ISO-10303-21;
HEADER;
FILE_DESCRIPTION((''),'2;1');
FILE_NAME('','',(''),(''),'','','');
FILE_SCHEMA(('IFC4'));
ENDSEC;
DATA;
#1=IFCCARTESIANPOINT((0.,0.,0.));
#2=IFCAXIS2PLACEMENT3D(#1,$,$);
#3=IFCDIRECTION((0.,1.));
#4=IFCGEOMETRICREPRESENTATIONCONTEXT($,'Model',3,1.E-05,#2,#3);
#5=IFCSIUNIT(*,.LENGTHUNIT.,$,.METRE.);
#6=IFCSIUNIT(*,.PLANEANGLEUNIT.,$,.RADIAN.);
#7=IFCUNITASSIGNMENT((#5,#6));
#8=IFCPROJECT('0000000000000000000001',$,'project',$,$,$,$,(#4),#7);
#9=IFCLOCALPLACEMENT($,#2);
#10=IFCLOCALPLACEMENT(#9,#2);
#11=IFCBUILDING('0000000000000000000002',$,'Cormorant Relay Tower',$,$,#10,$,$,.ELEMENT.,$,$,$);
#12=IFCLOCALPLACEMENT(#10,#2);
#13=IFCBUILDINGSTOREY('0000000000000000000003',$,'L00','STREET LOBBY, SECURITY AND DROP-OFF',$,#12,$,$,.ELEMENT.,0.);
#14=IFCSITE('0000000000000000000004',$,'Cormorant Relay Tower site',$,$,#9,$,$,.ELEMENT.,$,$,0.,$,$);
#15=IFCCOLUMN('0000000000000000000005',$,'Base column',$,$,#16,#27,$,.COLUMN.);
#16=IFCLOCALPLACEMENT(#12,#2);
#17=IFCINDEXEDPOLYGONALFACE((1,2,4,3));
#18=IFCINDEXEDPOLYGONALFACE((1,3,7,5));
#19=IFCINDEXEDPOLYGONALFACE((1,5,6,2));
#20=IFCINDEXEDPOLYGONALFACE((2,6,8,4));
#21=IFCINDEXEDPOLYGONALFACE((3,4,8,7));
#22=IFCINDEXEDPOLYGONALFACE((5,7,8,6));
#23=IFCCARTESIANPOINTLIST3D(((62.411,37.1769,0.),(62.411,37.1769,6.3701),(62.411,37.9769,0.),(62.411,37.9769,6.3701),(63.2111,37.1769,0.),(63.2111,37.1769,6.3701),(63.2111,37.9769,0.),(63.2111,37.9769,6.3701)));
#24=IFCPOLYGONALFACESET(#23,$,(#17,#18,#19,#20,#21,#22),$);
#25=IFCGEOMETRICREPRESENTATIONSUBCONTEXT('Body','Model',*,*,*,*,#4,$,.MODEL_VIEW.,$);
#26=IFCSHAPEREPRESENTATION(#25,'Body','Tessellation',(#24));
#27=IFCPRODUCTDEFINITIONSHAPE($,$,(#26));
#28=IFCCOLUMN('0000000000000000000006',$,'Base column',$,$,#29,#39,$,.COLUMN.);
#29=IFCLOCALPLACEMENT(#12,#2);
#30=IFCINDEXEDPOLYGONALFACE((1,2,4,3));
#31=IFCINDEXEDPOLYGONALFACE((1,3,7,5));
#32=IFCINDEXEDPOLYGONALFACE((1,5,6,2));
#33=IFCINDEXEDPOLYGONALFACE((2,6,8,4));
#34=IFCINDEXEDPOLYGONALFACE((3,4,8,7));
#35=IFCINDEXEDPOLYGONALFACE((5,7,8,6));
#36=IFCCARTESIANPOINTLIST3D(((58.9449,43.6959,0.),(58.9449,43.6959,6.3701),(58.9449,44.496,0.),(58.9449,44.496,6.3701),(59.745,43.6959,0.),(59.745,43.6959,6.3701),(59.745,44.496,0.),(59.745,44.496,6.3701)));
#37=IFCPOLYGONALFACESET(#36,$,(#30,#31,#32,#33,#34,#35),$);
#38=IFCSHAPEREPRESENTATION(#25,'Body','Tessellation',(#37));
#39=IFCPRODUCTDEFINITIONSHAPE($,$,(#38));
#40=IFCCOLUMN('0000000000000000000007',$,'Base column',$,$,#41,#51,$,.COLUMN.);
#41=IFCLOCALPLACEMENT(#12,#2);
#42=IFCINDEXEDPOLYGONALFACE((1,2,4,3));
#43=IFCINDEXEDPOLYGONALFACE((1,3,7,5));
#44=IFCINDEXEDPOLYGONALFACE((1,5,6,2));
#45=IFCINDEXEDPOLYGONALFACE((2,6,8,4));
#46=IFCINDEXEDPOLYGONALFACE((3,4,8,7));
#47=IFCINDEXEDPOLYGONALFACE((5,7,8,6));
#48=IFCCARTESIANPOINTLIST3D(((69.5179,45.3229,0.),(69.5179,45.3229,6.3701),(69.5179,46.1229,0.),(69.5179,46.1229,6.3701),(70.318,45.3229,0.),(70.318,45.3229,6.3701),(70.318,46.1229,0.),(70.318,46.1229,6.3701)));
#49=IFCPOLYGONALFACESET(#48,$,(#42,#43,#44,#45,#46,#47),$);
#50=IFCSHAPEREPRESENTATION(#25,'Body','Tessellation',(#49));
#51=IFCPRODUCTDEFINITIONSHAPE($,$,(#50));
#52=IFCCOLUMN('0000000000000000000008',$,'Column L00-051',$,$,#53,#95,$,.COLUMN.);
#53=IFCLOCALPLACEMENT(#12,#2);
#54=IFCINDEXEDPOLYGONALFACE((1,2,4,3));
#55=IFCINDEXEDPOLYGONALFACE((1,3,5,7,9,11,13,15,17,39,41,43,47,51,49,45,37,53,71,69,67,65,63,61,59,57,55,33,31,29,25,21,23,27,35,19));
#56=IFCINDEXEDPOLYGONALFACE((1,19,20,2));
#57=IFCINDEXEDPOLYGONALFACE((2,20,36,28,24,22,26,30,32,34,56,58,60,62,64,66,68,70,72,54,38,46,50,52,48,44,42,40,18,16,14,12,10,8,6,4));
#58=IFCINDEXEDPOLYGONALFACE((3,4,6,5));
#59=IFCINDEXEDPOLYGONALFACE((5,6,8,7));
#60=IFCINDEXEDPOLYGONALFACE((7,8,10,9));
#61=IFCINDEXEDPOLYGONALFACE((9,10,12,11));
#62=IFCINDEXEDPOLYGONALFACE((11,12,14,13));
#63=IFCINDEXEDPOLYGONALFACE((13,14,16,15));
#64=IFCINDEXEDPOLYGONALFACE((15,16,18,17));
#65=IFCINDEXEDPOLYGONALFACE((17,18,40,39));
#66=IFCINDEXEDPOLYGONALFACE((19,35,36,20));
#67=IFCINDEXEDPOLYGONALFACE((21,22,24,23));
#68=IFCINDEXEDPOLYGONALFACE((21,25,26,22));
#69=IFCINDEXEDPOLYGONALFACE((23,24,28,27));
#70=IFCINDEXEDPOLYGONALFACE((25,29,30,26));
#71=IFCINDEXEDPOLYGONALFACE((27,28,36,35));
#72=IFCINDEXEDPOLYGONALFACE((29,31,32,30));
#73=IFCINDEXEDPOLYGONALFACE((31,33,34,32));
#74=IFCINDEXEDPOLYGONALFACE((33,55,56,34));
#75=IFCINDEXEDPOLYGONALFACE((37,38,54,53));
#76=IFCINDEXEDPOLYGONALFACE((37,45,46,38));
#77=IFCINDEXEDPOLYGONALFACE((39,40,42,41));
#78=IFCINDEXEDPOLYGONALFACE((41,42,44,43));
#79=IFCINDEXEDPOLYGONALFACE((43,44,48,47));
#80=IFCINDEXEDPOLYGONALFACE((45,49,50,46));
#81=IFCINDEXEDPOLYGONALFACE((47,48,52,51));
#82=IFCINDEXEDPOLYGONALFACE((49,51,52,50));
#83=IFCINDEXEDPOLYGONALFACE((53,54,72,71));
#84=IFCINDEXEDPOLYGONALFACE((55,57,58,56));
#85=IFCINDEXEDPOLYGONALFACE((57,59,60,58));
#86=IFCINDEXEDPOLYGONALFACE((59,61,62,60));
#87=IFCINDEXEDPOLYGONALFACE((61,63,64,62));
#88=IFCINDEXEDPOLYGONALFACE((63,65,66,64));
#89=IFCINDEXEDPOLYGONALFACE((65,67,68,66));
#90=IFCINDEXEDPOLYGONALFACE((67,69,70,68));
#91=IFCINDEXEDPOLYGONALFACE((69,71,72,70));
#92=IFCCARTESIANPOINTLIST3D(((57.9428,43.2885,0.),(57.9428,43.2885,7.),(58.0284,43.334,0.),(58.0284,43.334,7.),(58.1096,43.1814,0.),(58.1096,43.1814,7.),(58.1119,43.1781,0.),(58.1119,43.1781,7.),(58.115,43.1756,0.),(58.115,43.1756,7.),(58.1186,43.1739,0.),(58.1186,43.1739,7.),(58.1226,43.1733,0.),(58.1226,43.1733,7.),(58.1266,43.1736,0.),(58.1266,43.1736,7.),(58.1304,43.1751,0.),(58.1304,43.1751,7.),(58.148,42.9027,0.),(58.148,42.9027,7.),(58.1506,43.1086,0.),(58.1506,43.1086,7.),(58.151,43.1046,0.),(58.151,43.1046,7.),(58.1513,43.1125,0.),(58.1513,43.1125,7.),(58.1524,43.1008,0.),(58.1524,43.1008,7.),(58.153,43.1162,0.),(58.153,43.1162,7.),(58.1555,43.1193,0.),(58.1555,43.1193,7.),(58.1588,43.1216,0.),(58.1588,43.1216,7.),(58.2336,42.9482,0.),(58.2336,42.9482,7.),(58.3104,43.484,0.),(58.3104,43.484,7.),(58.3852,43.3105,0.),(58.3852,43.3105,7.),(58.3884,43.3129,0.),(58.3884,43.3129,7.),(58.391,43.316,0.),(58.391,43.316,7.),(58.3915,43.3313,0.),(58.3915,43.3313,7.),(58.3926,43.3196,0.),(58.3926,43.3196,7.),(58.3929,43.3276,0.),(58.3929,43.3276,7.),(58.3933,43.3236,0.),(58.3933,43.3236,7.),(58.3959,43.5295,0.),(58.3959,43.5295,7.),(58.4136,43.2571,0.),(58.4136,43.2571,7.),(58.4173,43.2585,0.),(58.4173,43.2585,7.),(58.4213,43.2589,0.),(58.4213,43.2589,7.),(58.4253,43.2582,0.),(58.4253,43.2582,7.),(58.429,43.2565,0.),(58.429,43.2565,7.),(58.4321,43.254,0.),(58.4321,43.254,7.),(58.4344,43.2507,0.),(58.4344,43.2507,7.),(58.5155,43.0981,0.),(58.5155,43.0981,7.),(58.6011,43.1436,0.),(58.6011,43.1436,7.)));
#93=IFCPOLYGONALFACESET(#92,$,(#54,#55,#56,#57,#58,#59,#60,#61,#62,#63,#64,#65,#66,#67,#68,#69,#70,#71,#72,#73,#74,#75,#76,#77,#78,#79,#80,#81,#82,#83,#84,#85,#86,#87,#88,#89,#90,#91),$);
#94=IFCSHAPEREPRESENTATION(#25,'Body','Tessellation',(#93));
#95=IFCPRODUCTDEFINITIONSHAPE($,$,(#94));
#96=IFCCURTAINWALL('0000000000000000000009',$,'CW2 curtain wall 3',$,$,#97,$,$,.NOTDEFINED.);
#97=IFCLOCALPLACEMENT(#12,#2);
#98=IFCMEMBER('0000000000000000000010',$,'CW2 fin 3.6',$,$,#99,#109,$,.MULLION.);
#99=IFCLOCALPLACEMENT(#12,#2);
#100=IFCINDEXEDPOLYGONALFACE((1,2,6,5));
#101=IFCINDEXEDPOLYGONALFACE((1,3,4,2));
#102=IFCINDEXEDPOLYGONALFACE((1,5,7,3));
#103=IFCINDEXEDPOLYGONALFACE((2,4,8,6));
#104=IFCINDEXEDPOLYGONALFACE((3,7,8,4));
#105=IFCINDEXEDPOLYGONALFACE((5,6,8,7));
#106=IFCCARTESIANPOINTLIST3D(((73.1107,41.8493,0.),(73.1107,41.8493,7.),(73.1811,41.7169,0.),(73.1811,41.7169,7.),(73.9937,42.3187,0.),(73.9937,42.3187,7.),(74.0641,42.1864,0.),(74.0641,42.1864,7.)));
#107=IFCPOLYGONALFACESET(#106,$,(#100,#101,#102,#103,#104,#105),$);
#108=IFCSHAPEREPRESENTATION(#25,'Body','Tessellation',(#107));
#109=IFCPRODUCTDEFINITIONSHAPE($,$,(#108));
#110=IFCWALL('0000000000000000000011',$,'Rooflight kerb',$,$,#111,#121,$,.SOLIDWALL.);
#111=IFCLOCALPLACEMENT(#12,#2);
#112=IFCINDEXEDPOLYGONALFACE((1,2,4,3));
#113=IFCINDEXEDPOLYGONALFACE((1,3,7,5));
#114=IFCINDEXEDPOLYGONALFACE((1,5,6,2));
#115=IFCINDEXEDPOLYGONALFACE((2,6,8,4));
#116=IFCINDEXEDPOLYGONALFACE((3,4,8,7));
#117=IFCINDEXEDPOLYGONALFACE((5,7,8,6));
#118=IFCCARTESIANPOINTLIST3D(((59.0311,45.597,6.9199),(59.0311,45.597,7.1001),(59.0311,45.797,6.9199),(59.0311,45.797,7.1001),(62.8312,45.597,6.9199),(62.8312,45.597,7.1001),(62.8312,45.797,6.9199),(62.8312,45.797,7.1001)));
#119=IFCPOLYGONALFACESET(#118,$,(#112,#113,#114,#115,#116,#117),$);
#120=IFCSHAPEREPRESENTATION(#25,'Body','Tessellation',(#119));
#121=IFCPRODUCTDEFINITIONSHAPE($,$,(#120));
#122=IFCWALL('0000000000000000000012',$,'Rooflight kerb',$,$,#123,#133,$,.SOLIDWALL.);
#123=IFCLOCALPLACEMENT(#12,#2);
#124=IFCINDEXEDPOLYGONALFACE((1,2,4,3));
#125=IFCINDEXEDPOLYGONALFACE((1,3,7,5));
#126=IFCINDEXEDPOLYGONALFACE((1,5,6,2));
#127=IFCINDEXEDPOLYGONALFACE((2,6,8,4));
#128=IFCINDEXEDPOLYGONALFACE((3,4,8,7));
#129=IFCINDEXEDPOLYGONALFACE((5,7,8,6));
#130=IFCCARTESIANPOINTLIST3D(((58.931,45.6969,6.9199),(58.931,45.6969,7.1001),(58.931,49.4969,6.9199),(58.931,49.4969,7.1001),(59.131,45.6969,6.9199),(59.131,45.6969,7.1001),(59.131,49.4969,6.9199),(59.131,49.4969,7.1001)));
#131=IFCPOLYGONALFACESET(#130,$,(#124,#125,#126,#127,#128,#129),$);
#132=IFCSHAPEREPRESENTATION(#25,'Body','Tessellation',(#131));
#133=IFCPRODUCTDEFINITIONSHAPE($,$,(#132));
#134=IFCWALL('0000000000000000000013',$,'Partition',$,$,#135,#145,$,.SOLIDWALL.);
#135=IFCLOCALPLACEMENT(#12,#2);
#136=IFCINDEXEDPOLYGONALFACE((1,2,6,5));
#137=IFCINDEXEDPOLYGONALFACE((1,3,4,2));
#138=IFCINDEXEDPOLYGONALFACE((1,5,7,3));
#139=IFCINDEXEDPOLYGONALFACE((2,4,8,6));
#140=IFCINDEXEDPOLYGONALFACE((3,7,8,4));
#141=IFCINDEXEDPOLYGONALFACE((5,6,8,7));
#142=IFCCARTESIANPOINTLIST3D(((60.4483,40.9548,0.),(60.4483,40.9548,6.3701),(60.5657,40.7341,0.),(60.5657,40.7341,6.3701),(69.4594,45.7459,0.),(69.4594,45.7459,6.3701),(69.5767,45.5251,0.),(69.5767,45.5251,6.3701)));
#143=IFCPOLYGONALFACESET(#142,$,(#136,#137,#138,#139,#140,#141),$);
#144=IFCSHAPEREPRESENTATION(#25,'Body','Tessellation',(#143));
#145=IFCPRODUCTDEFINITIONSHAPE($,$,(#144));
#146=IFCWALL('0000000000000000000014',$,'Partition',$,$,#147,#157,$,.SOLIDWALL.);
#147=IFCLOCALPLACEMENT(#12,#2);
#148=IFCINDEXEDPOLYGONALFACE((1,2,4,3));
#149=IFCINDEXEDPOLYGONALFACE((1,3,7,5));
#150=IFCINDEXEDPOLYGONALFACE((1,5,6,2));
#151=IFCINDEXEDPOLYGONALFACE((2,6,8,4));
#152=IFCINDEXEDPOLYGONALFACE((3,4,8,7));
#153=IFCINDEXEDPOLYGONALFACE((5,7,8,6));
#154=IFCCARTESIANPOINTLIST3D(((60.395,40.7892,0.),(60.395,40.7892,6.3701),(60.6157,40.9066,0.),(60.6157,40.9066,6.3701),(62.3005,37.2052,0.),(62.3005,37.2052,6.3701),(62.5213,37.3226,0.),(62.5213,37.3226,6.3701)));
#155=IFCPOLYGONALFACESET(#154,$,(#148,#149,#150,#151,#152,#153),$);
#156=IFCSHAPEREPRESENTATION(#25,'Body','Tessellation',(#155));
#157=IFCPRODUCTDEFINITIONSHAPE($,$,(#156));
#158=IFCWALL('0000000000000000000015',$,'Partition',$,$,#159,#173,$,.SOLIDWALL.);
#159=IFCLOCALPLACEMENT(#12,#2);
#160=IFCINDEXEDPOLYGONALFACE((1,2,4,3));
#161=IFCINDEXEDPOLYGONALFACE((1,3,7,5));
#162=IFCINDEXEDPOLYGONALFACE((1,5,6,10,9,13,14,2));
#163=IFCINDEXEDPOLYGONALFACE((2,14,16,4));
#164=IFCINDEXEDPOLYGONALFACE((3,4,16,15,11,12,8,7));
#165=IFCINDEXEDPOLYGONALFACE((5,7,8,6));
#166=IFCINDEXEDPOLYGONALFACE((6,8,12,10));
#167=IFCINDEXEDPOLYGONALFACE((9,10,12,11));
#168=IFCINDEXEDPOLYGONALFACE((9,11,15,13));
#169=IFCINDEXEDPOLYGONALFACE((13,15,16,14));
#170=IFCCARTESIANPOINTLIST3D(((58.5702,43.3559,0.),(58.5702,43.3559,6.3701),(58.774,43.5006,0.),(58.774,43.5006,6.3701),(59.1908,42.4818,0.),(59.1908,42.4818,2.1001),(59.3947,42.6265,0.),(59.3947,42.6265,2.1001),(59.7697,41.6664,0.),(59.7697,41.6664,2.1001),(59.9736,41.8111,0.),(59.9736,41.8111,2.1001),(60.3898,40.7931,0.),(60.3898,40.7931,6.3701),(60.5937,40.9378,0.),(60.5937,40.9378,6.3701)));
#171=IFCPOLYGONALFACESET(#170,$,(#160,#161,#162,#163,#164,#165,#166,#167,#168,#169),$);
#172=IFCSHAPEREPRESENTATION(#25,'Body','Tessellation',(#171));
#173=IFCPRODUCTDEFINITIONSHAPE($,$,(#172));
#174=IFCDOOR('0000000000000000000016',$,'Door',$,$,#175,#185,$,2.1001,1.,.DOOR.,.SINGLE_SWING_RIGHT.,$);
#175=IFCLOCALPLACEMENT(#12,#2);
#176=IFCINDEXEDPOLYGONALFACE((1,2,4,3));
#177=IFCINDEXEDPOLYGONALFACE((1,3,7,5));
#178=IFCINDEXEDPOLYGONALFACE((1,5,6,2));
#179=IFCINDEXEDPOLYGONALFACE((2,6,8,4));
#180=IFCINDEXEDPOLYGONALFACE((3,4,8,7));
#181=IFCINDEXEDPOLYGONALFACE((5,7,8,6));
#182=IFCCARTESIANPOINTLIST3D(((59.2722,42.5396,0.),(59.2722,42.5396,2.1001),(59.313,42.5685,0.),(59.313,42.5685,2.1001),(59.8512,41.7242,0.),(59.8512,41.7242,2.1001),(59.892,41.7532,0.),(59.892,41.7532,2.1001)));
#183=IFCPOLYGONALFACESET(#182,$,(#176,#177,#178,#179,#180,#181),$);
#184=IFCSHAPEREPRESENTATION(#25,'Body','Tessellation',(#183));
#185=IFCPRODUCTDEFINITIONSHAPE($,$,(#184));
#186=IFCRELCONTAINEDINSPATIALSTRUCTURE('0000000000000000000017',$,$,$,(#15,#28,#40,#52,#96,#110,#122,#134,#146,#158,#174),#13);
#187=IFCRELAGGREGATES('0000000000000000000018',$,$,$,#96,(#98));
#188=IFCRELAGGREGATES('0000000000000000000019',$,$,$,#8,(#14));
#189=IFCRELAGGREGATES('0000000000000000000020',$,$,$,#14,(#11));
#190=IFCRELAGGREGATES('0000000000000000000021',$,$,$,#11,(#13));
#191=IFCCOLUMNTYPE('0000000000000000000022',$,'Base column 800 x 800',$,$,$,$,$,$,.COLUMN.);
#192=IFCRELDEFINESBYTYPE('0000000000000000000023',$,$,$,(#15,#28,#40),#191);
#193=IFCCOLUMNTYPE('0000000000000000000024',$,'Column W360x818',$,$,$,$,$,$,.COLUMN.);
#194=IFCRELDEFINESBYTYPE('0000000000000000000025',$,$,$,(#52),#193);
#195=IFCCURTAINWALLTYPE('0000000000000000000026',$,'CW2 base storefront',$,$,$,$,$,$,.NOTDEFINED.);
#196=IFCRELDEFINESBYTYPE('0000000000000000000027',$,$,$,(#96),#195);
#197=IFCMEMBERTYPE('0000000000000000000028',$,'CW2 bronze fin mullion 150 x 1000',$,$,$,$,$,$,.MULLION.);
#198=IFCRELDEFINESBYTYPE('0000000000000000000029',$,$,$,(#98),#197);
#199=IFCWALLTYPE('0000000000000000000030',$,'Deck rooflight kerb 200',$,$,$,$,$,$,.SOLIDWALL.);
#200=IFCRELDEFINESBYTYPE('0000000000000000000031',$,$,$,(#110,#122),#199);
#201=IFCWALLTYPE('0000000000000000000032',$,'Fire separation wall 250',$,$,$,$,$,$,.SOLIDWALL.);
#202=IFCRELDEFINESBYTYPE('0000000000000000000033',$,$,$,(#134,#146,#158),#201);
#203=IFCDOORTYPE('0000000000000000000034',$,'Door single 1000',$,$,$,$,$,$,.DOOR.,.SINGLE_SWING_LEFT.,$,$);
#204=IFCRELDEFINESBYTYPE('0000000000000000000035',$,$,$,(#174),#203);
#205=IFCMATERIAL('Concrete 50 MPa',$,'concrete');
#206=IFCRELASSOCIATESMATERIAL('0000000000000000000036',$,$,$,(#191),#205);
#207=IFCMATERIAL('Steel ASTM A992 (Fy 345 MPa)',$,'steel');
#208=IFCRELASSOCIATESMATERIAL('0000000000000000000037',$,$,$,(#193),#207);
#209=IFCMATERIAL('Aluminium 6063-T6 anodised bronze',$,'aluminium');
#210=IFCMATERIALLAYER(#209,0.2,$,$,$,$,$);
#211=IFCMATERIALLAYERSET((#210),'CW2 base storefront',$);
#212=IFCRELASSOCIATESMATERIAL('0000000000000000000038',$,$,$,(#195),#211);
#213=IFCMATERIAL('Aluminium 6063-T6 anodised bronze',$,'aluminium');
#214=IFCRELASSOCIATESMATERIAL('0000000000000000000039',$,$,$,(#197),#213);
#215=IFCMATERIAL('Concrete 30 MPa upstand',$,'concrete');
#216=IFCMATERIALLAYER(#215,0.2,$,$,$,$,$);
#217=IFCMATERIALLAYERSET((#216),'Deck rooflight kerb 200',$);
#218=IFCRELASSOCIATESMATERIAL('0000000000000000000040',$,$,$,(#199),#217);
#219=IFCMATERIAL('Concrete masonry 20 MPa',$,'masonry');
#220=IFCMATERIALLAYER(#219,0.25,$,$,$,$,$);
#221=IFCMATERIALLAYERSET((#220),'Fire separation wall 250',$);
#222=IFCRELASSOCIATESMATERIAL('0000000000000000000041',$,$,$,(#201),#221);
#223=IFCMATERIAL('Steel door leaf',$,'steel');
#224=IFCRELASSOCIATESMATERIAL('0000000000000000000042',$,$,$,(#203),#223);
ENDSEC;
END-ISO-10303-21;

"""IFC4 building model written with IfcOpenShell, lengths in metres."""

from ifc_helpers import new_model, si_unit, direction, frame, frame_2d, origin, origin_2d, place, context, subcontext, project, spatial, rectangle, i_section, extrude, material, layer, layer_set, material_profile, profile_set, type_object, element, fill, aggregate, save


model = new_model("IFC4")

# Units and contexts
model_context = context("Model", 3, precision=1e-05, world=origin(), true_north=direction((0.0, 1.0)))
body_context = subcontext(model_context, "Body", "Model", "MODEL_VIEW")
ifc_project = project(units=[si_unit("LENGTHUNIT", "METRE"), si_unit("PLANEANGLEUNIT", "RADIAN")], contexts=[model_context])

# Site, building, storey
site_placement = place(None, origin())
site = spatial("IfcSite", under=ifc_project, at=site_placement, Name="Cormorant Relay Tower site", CompositionType="ELEMENT", RefElevation=0.0)
building_placement = place(site_placement, origin())
building = spatial("IfcBuilding", under=site, at=building_placement, Name="Cormorant Relay Tower", CompositionType="ELEMENT")
storey_placement = place(building_placement, origin())
storey = spatial("IfcBuildingStorey", under=building, at=storey_placement, Name="L00", Description="STREET LOBBY, SECURITY AND DROP-OFF", CompositionType="ELEMENT", Elevation=0.0)

# Columns
ifc_material_1 = material(Name="Concrete 50 MPa", Category="concrete")
ifc_material_profile_1 = material_profile(ifc_material_1, rectangle(XDim=0.8, YDim=0.8, at=origin_2d()), Name="RC 800x800")
ifc_profile_set_1 = profile_set([ifc_material_profile_1], Name="Concrete 50 MPa")
column_type_1 = type_object("IfcColumnType", Name="Base column 800 x 800", PredefinedType="COLUMN", material=ifc_profile_set_1)
for number, where, z_axis, x_axis, name in (
    (1, (62.811, 37.5769, 0.0), (0.0, 0.0, 1.0), (1.0, 0.0, 0.0), "Base column"),
    (2, (59.345, 44.0959, 0.0), (0.0, 0.0, 1.0), (1.0, 0.0, 0.0), "Base column"),
    (3, (69.918, 45.7229, 0.0), (0.0, 0.0, 1.0), (1.0, 0.0, 0.0), "Base column"),
):
    element("IfcColumn", number, at=place(storey_placement, frame(where, z_axis=z_axis, x_axis=x_axis)), inside=storey, type_object=column_type_1, Name=name, PredefinedType="COLUMN", context=body_context, shape_type="SweptSolid", body=[
        extrude(rectangle(XDim=0.8, YDim=0.8, at=origin_2d()), origin(), (0.0, 0.0, 1.0), 6.3701),
    ])
ifc_material_2 = material(Name="Steel ASTM A992 (Fy 345 MPa)", Category="steel")
ifc_material_profile_2 = material_profile(ifc_material_2, i_section(OverallWidth=0.437, OverallDepth=0.5132, WebThickness=0.0605, FlangeThickness=0.0969, FilletRadius=0.0154, at=origin_2d()), Name="W360x818")
ifc_profile_set_2 = profile_set([ifc_material_profile_2], Name="Steel ASTM A992 (Fy 345 MPa)")
column_type_2 = type_object("IfcColumnType", Name="Column W360x818", PredefinedType="COLUMN", material=ifc_profile_set_2)
column_placement = place(storey_placement, frame((58.272, 43.2161, 0.0), z_axis=(0.0, 0.0, 1.0), x_axis=(-0.469472, 0.882948, 0.0)))
element("IfcColumn", 4, at=column_placement, inside=storey, type_object=column_type_2, Name="Column L00-051", PredefinedType="COLUMN", context=body_context, shape_type="SweptSolid", body=[
    extrude(i_section(OverallWidth=0.437, OverallDepth=0.5132, WebThickness=0.0605, FlangeThickness=0.0969, FilletRadius=0.0154, at=origin_2d()), origin(), (0.0, 0.0, 1.0), 7.0),
])

# Curtain wall, member
ifc_material_3 = material(Name="Aluminium 6063-T6 anodised bronze", Category="aluminium")
ifc_layer_1 = layer(ifc_material_3, 0.2)
ifc_layer_set_1 = layer_set([ifc_layer_1], Name="CW2 base storefront")
curtain_wall_type = type_object("IfcCurtainWallType", Name="CW2 base storefront", PredefinedType="NOTDEFINED", material=ifc_layer_set_1)
curtain_wall_placement = place(storey_placement, origin())
curtain_wall = element("IfcCurtainWall", 5, at=curtain_wall_placement, inside=storey, type_object=curtain_wall_type, Name="CW2 curtain wall 3", PredefinedType="NOTDEFINED")
ifc_material_4 = material(Name="Aluminium 6063-T6 anodised bronze", Category="aluminium")
ifc_material_profile_3 = material_profile(ifc_material_4, rectangle(XDim=0.1499, YDim=1.0, at=origin_2d()), Name="AL 150x1000")
ifc_profile_set_3 = profile_set([ifc_material_profile_3], Name="Aluminium 6063-T6 anodised bronze")
member_type = type_object("IfcMemberType", Name="CW2 bronze fin mullion 150 x 1000", PredefinedType="MULLION", material=ifc_profile_set_3)
member_placement = place(storey_placement, frame((73.5874, 42.0178, 0.0), z_axis=(0.0, 0.0, 1.0), x_axis=(-0.469472, 0.882948, 0.0)))
member = element("IfcMember", 6, at=member_placement, type_object=member_type, Name="CW2 fin 3.6", PredefinedType="MULLION", context=body_context, shape_type="SweptSolid", body=[
    extrude(rectangle(XDim=0.1499, YDim=1.0, at=origin_2d()), origin(), (0.0, 0.0, 1.0), 7.0),
])
aggregate(curtain_wall, [member])

# Walls
ifc_material_5 = material(Name="Concrete 30 MPa upstand", Category="concrete")
ifc_layer_2 = layer(ifc_material_5, 0.2)
ifc_layer_set_2 = layer_set([ifc_layer_2], Name="Deck rooflight kerb 200")
wall_type_1 = type_object("IfcWallType", Name="Deck rooflight kerb 200", PredefinedType="SOLIDWALL", material=ifc_layer_set_2)
for number, where, z_axis, x_axis, name in (
    (7, (62.8311, 45.697, 6.9199), (0.0, 0.0, 1.0), (-1.0, 0.0, 0.0), "Rooflight kerb"),
    (8, (59.031, 45.697, 6.9199), (0.0, 0.0, 1.0), (0.0, 1.0, 0.0), "Rooflight kerb"),
):
    element("IfcWall", number, at=place(storey_placement, frame(where, z_axis=z_axis, x_axis=x_axis)), inside=storey, type_object=wall_type_1, Name=name, PredefinedType="SOLIDWALL", context=body_context, shape_type="SweptSolid", body=[
        extrude(rectangle(XDim=3.8, YDim=0.2, at=frame_2d((1.8999, 0.0))), origin(), (0.0, 0.0, 1.0), 0.1802),
    ])
ifc_material_6 = material(Name="Concrete masonry 20 MPa", Category="masonry")
ifc_layer_3 = layer(ifc_material_6, 0.25)
ifc_layer_set_3 = layer_set([ifc_layer_3], Name="Fire separation wall 250")
wall_type_2 = type_object("IfcWallType", Name="Fire separation wall 250", PredefinedType="SOLIDWALL", material=ifc_layer_set_3)
wall_1_placement = place(storey_placement, frame((69.5181, 45.6355, 0.0), z_axis=(0.0, 0.0, 1.0), x_axis=(-0.882956, -0.469455, 0.0)))
element("IfcWall", 9, at=wall_1_placement, inside=storey, type_object=wall_type_2, Name="Partition", PredefinedType="SOLIDWALL", context=body_context, shape_type="SweptSolid", body=[
    extrude(rectangle(XDim=10.2056, YDim=0.25, at=frame_2d((5.1028, 0.0))), origin(), (0.0, 0.0, 1.0), 6.3701),
])
wall_2_placement = place(storey_placement, frame((60.5054, 40.8479, 0.0), z_axis=(0.0, 0.0, 1.0), x_axis=(0.469448, -0.88296, 0.0)))
element("IfcWall", 10, at=wall_2_placement, inside=storey, type_object=wall_type_2, Name="Partition", PredefinedType="SOLIDWALL", context=body_context, shape_type="SweptSolid", body=[
    extrude(rectangle(XDim=4.0591, YDim=0.25, at=frame_2d((2.0295, 0.0))), origin(), (0.0, 0.0, 1.0), 6.3701),
])

# Wall, opening, door
wall_3_placement = place(storey_placement, frame((58.6721, 43.4282, 0.0), z_axis=(0.0, 0.0, 1.0), x_axis=(0.578929, -0.815378, 0.0)))
wall_3 = element("IfcWall", 11, at=wall_3_placement, inside=storey, type_object=wall_type_2, Name="Partition", PredefinedType="SOLIDWALL", context=body_context, shape_type="SweptSolid", body=[
    extrude(rectangle(XDim=3.1431, YDim=0.25, at=frame_2d((1.5715, 0.0))), origin(), (0.0, 0.0, 1.0), 6.3701),
])
opening_1_placement = place(wall_3_placement, frame((1.072, 0.0, 0.0)))
opening_1 = element("IfcOpeningElement", 12, at=opening_1_placement, cuts=wall_3, PredefinedType="OPENING", context=body_context, shape_type="SweptSolid", body=[
    extrude(rectangle(XDim=1.0, YDim=2.1001, at=frame_2d((0.5, 1.05))), frame((0.0, 0.135, 0.0), z_axis=(0.0, -1.0, 0.0), x_axis=(1.0, 0.0, 0.0)), (0.0, 0.0, 1.0), 0.27),
])
ifc_material_7 = material(Name="Steel door leaf", Category="steel")
door_type_1 = type_object("IfcDoorType", Name="Door single 1000", OperationType="SINGLE_SWING_LEFT", PredefinedType="DOOR", material=ifc_material_7)
door_1_placement = place(opening_1_placement, origin())
door_1 = element("IfcDoor", 13, at=door_1_placement, inside=storey, type_object=door_type_1, Name="Door", OperationType="SINGLE_SWING_RIGHT", OverallHeight=2.1001, OverallWidth=1.0, PredefinedType="DOOR", context=body_context, shape_type="SweptSolid", body=[
    extrude(rectangle(XDim=1.0, YDim=2.1001, at=frame_2d((0.5, 1.05))), frame((0.0, 0.0249, 0.0), z_axis=(0.0, -1.0, 0.0), x_axis=(1.0, 0.0, 0.0)), (0.0, 0.0, 1.0), 0.05),
])
fill(opening_1, door_1)

save(model, "model.ifc")
